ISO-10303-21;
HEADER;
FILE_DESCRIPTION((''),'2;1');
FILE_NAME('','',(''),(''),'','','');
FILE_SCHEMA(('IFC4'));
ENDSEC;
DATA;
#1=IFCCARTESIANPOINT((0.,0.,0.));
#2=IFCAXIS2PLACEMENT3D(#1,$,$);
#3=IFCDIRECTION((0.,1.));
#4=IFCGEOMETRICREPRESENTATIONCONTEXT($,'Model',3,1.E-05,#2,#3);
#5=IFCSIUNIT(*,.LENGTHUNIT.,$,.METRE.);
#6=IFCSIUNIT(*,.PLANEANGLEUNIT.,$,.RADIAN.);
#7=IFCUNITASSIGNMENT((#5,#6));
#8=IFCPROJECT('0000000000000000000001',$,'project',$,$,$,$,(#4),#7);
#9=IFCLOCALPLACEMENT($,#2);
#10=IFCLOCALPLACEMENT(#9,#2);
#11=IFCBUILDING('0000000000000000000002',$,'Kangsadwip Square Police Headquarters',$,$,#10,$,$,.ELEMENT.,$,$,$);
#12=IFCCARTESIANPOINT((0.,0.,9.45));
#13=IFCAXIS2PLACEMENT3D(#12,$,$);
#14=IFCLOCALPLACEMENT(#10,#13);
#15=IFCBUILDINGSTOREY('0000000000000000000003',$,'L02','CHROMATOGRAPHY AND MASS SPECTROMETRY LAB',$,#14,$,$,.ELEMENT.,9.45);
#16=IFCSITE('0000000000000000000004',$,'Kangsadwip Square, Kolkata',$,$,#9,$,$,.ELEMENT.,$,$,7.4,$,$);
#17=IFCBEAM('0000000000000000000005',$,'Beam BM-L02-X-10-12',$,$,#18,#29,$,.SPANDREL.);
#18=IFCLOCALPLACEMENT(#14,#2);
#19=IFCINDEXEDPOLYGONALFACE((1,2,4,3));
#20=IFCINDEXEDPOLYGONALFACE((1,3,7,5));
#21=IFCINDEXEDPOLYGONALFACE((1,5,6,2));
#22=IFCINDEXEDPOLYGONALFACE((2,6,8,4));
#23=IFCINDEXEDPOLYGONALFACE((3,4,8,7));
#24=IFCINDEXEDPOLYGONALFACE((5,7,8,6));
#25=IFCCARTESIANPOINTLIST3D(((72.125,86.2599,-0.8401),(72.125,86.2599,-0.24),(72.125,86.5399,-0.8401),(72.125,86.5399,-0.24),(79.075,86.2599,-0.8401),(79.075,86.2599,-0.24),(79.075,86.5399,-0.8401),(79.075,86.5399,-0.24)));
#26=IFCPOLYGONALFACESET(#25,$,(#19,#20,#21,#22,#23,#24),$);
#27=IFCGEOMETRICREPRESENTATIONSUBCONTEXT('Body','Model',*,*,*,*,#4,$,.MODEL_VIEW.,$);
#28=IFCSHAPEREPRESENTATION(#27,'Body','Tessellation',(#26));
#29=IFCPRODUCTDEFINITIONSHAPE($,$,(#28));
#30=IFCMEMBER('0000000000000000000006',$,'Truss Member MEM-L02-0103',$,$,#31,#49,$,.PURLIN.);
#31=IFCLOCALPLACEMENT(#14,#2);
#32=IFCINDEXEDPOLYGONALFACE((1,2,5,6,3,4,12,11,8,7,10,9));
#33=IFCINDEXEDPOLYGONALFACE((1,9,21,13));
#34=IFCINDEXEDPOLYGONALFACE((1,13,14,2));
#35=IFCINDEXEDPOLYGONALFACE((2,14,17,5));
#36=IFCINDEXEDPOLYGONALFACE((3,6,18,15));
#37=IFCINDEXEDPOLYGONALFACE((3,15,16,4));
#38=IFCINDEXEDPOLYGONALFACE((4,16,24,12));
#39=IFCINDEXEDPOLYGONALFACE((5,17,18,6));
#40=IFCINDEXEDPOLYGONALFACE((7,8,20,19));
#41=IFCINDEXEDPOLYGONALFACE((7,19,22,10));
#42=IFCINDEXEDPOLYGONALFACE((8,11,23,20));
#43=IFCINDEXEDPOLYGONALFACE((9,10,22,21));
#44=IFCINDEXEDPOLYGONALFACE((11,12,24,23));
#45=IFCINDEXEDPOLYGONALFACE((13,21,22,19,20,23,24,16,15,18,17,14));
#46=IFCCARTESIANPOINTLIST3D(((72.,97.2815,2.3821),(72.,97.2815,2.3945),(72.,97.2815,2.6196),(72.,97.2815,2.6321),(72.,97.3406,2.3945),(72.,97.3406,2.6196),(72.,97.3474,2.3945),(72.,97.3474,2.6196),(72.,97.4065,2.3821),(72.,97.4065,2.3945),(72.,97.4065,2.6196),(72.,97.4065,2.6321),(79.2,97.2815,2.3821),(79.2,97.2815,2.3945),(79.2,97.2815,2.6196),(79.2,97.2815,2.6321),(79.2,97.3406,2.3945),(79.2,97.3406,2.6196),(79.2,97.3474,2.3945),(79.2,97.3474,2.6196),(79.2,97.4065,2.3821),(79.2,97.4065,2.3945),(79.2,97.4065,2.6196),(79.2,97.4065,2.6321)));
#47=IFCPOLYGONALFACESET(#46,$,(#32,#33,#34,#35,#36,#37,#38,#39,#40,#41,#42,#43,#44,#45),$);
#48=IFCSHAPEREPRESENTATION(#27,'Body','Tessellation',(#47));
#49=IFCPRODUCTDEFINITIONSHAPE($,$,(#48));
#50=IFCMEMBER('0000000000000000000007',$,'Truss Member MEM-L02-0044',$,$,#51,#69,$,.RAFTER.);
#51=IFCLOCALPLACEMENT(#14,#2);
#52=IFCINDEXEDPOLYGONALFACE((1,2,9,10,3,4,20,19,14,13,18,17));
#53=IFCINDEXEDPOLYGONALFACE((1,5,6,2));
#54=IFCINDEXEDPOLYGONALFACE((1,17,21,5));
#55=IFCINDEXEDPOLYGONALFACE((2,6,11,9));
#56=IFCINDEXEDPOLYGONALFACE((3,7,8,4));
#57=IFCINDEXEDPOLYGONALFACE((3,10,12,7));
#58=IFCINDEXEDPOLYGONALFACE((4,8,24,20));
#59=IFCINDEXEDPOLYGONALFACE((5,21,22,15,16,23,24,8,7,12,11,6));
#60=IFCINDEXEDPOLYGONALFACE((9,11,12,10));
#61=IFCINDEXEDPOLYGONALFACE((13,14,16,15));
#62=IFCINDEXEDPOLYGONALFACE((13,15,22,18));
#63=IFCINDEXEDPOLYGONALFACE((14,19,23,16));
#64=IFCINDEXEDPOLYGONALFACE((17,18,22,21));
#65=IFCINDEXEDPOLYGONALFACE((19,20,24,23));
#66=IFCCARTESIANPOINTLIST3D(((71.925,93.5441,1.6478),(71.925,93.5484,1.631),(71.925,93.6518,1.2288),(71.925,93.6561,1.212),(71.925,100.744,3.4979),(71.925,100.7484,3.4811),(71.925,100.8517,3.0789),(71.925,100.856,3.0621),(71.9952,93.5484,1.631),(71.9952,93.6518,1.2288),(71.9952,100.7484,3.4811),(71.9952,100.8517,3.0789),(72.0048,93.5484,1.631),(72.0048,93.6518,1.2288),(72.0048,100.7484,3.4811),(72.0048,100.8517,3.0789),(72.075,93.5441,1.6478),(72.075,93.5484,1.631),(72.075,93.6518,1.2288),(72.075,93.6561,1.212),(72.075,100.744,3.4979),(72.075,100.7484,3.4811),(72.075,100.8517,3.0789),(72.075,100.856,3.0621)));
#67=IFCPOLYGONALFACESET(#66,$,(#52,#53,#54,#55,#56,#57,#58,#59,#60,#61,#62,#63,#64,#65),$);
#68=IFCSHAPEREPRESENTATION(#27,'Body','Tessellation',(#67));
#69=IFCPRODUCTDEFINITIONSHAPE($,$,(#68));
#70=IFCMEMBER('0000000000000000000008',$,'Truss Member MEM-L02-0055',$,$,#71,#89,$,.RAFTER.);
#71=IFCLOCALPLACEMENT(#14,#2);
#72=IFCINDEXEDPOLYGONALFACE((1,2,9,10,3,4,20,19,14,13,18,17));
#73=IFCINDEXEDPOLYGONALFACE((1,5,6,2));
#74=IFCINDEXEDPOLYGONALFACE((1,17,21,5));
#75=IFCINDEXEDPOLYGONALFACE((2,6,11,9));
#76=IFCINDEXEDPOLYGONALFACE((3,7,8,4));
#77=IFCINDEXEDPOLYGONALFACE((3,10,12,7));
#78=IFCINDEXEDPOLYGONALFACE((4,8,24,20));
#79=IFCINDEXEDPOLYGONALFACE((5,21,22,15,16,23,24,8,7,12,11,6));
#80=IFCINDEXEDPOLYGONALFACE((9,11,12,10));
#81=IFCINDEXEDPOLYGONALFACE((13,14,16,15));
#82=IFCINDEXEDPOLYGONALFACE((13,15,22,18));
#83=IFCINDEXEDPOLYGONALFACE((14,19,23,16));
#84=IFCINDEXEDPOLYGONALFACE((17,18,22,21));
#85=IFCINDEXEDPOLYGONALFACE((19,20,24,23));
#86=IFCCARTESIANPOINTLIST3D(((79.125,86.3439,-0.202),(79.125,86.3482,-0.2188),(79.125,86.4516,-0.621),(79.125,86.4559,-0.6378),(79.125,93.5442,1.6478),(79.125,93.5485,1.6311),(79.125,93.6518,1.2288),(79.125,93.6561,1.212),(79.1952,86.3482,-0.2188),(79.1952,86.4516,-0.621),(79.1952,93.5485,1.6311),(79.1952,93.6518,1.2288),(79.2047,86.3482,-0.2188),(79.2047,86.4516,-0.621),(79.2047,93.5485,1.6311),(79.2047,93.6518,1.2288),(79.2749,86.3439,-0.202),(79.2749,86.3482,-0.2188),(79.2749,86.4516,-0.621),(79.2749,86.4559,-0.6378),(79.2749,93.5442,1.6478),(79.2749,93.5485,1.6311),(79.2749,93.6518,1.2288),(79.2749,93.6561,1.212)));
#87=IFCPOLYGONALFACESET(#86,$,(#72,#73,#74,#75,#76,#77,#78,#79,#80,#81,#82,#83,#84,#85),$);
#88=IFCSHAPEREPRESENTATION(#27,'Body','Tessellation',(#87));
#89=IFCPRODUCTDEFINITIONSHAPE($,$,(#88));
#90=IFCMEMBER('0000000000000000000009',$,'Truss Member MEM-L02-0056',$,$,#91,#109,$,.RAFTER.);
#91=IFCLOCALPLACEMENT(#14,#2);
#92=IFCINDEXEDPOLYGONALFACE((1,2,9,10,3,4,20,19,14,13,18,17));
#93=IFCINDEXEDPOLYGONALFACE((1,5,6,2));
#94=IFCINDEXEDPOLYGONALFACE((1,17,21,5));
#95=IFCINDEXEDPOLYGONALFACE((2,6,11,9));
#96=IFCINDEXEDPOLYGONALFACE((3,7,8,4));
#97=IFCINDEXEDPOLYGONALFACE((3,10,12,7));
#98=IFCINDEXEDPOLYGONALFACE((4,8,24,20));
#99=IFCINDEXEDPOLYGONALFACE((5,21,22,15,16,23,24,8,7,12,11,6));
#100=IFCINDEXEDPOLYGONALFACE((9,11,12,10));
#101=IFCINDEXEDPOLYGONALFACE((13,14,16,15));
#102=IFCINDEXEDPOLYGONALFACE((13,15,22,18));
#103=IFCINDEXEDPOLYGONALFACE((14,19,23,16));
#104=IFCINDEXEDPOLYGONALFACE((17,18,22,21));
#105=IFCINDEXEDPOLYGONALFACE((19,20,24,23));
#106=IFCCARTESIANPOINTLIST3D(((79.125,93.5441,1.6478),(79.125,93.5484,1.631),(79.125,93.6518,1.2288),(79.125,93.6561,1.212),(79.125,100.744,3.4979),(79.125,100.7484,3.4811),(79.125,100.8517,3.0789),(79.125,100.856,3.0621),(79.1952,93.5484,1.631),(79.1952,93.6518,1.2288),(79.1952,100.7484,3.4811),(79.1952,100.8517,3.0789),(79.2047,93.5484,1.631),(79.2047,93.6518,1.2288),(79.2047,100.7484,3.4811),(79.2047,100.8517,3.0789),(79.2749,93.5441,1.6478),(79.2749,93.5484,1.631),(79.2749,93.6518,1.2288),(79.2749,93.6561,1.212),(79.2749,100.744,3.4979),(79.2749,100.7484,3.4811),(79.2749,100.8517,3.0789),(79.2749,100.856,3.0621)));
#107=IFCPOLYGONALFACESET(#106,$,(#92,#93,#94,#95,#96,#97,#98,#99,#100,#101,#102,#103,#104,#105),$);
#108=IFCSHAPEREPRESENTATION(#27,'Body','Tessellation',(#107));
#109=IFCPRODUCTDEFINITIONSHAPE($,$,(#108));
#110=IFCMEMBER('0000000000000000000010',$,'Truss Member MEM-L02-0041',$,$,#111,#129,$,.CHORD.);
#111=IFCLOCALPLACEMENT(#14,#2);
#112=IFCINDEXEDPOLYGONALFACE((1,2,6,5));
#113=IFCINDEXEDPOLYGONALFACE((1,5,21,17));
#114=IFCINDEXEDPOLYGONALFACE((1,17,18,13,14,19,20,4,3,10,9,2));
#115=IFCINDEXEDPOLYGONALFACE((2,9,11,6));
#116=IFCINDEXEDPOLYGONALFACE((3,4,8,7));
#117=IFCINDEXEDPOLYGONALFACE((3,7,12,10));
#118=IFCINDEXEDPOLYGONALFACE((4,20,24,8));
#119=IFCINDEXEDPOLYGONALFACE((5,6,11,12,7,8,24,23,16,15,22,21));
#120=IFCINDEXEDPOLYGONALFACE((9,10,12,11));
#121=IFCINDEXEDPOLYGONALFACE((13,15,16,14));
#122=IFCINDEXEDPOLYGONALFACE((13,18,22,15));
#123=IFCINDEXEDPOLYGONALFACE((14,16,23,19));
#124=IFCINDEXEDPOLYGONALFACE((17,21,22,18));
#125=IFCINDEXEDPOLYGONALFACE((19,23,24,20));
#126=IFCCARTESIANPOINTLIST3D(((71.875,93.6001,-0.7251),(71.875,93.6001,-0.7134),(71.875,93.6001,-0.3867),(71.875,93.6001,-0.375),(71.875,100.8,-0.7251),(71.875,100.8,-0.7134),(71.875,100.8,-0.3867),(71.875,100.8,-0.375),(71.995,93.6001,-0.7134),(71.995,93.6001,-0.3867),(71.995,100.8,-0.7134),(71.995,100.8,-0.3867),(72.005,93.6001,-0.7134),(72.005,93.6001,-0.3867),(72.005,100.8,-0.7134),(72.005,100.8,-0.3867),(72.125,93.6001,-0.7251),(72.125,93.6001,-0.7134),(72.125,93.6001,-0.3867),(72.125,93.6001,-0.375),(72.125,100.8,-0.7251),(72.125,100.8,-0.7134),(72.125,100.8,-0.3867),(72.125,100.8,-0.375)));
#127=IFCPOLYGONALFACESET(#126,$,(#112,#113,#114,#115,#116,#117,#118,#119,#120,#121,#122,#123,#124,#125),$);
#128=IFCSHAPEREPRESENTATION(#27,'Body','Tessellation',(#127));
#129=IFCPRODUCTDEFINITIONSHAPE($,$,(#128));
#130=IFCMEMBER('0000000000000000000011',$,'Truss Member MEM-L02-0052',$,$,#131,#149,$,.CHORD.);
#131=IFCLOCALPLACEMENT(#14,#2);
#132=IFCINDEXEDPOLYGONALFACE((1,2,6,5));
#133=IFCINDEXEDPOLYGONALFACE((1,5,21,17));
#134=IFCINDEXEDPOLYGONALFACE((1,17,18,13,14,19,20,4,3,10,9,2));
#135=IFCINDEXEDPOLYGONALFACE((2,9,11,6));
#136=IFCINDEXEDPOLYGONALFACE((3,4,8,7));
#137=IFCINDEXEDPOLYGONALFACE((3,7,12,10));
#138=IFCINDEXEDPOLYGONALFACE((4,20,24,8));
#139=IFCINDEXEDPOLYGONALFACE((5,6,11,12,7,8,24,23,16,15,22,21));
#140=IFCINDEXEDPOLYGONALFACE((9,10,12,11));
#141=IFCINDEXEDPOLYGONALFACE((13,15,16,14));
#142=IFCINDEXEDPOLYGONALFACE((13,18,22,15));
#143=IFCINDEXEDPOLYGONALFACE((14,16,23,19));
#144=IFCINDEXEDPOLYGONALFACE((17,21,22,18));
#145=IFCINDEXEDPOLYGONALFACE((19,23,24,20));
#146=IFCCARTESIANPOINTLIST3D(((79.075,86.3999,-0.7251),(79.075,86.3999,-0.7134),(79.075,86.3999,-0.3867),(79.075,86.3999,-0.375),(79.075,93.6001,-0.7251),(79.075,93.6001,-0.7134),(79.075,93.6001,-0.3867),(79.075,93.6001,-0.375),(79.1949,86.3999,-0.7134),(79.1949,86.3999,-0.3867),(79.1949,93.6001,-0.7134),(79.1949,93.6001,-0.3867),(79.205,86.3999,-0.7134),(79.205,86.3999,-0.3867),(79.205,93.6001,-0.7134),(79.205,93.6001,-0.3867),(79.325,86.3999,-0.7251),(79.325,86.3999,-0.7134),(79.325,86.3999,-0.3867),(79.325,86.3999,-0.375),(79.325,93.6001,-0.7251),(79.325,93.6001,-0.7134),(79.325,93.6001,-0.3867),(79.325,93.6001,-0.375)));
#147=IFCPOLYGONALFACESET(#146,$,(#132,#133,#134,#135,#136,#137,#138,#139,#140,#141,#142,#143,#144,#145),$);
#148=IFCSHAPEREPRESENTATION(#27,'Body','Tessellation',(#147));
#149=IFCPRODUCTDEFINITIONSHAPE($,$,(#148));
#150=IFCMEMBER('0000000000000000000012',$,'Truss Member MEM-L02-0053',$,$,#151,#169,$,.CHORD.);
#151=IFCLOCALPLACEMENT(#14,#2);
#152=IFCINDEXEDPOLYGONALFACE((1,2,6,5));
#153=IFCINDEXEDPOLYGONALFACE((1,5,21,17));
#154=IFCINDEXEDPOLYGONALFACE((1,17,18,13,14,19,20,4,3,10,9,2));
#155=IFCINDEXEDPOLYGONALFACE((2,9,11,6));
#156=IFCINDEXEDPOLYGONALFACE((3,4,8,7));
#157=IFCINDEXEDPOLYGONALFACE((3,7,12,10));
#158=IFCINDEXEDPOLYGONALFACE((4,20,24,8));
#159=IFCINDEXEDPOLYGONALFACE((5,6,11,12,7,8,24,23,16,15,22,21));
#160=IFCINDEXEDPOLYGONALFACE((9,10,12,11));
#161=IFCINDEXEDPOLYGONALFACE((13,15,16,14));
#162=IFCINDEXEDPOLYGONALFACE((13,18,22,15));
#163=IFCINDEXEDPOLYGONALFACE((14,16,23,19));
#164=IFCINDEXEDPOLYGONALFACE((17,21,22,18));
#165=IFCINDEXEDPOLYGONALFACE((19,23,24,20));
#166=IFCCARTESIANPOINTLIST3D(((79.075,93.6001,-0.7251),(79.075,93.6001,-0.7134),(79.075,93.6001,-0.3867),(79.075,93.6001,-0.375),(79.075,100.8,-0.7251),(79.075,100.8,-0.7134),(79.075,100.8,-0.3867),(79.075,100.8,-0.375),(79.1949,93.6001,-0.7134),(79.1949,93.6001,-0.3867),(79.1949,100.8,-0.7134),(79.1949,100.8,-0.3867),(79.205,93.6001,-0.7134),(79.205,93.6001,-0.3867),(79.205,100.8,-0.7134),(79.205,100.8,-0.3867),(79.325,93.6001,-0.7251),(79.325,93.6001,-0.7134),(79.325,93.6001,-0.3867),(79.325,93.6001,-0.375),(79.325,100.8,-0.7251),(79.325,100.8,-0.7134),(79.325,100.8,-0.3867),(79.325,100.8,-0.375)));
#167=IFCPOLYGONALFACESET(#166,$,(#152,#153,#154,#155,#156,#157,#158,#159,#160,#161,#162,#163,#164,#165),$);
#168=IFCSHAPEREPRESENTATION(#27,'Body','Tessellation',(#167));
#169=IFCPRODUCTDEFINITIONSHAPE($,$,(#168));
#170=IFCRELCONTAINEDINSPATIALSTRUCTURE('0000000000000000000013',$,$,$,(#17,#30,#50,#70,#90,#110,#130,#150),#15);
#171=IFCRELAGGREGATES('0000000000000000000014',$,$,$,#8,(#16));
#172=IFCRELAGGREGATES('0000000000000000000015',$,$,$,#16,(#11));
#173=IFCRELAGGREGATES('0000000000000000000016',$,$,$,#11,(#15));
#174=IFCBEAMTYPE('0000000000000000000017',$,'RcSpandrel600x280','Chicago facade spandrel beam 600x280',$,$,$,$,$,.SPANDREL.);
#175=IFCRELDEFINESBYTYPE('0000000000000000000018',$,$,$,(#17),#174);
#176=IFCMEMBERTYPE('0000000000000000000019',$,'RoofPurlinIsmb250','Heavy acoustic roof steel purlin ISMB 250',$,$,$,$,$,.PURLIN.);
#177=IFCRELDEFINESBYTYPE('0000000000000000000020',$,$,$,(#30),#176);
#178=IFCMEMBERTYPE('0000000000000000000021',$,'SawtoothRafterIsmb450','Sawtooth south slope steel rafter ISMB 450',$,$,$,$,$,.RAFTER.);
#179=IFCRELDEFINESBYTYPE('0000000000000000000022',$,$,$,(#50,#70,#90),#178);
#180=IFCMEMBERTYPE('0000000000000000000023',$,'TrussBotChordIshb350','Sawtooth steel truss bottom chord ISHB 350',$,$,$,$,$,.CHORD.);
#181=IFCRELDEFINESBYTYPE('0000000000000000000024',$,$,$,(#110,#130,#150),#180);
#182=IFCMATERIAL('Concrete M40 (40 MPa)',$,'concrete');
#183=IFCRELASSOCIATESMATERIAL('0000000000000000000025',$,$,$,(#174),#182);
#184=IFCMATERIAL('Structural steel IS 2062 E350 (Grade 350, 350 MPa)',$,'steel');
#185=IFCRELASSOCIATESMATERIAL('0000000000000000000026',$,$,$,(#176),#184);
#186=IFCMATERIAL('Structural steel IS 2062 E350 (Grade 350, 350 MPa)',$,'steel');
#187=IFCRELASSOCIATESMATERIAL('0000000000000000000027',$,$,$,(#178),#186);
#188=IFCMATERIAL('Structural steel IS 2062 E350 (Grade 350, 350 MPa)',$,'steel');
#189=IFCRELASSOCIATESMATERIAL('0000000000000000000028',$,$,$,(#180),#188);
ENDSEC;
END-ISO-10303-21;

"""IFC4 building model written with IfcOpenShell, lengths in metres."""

from ifc_helpers import new_model, si_unit, direction, frame, origin, origin_2d, place, context, subcontext, project, spatial, rectangle, i_section, extrude, material, material_profile, profile_set, type_object, element, save


model = new_model("IFC4")

# Units and contexts
model_context = context("Model", 3, precision=1e-05, world=origin(), true_north=direction((0.0, 1.0)))
body_context = subcontext(model_context, "Body", "Model", "MODEL_VIEW")
ifc_project = project(units=[si_unit("LENGTHUNIT", "METRE"), si_unit("PLANEANGLEUNIT", "RADIAN")], contexts=[model_context])

# Site, building, storey
site_placement = place(None, origin())
site = spatial("IfcSite", under=ifc_project, at=site_placement, Name="Kangsadwip Square, Kolkata", CompositionType="ELEMENT", RefElevation=7.4)
building_placement = place(site_placement, origin())
building = spatial("IfcBuilding", under=site, at=building_placement, Name="Kangsadwip Square Police Headquarters", CompositionType="ELEMENT")
storey_placement = place(building_placement, frame((0.0, 0.0, 9.45)))
storey = spatial("IfcBuildingStorey", under=building, at=storey_placement, Name="L02", Description="CHROMATOGRAPHY AND MASS SPECTROMETRY LAB", CompositionType="ELEMENT", Elevation=9.45)

# Beam
ifc_material_1 = material(Name="Concrete M40 (40 MPa)", Category="concrete")
ifc_material_profile_1 = material_profile(ifc_material_1, rectangle(XDim=0.28, YDim=0.6001, at=origin_2d()), Name="RC SPN 600X280")
ifc_profile_set_1 = profile_set([ifc_material_profile_1], Name="Concrete M40 (40 MPa)")
beam_type = type_object("IfcBeamType", Name="RcSpandrel600x280", Description="Chicago facade spandrel beam 600x280", PredefinedType="SPANDREL", material=ifc_profile_set_1)
beam_placement = place(storey_placement, frame((72.125, 86.3999, -0.54), z_axis=(1.0, 0.0, 0.0), x_axis=(0.0, 1.0, 0.0)))
element("IfcBeam", 1, at=beam_placement, inside=storey, type_object=beam_type, Name="Beam BM-L02-X-10-12", PredefinedType="SPANDREL", context=body_context, shape_type="SweptSolid", body=[
    extrude(rectangle(XDim=0.28, YDim=0.6001, at=origin_2d()), origin(), (0.0, 0.0, 1.0), 6.95),
])

# Members
ifc_material_2 = material(Name="Structural steel IS 2062 E350 (Grade 350, 350 MPa)", Category="steel")
ifc_material_profile_2 = material_profile(ifc_material_2, i_section(OverallWidth=0.125, OverallDepth=0.25, WebThickness=0.0068, FlangeThickness=0.0125, at=origin_2d()), Name="ISMB 250")
ifc_profile_set_2 = profile_set([ifc_material_profile_2], Name="Structural steel IS 2062 E350 (Grade 350, 350 MPa)")
member_type_1 = type_object("IfcMemberType", Name="RoofPurlinIsmb250", Description="Heavy acoustic roof steel purlin ISMB 250", PredefinedType="PURLIN", material=ifc_profile_set_2)
member_1_placement = place(storey_placement, frame((72.0, 97.344, 2.5071), z_axis=(1.0, 0.0, 0.0), x_axis=(0.0, 1.0, 0.0)))
element("IfcMember", 2, at=member_1_placement, inside=storey, type_object=member_type_1, Name="Truss Member MEM-L02-0103", PredefinedType="PURLIN", context=body_context, shape_type="SweptSolid", body=[
    extrude(i_section(OverallWidth=0.125, OverallDepth=0.25, WebThickness=0.0068, FlangeThickness=0.0125, at=origin_2d()), origin(), (0.0, 0.0, 1.0), 7.2),
])
ifc_material_3 = material(Name="Structural steel IS 2062 E350 (Grade 350, 350 MPa)", Category="steel")
ifc_material_profile_3 = material_profile(ifc_material_3, i_section(OverallWidth=0.1499, OverallDepth=0.45, WebThickness=0.0095, FlangeThickness=0.0173, at=origin_2d()), Name="ISMB 450")
ifc_profile_set_3 = profile_set([ifc_material_profile_3], Name="Structural steel IS 2062 E350 (Grade 350, 350 MPa)")
member_type_2 = type_object("IfcMemberType", Name="SawtoothRafterIsmb450", Description="Sawtooth south slope steel rafter ISMB 450", PredefinedType="RAFTER", material=ifc_profile_set_3)
member_2_placement = place(storey_placement, frame((72.0, 93.6001, 1.4299), z_axis=(0.0, 0.968536, 0.248875), x_axis=(-1.0, 0.0, 0.0)))
element("IfcMember", 3, at=member_2_placement, inside=storey, type_object=member_type_2, Name="Truss Member MEM-L02-0044", PredefinedType="RAFTER", context=body_context, shape_type="SweptSolid", body=[
    extrude(i_section(OverallWidth=0.1499, OverallDepth=0.45, WebThickness=0.0095, FlangeThickness=0.0173, at=origin_2d()), origin(), (0.0, 0.0, 1.0), 7.4338),
])
member_3_placement = place(storey_placement, frame((79.2, 86.3999, -0.4199), z_axis=(0.0, 0.968546, 0.248836), x_axis=(-1.0, 0.0, 0.0)))
element("IfcMember", 4, at=member_3_placement, inside=storey, type_object=member_type_2, Name="Truss Member MEM-L02-0055", PredefinedType="RAFTER", context=body_context, shape_type="SweptSolid", body=[
    extrude(i_section(OverallWidth=0.1499, OverallDepth=0.45, WebThickness=0.0095, FlangeThickness=0.0173, at=origin_2d()), origin(), (0.0, 0.0, 1.0), 7.4341),
])
member_4_placement = place(storey_placement, frame((79.2, 93.6001, 1.4299), z_axis=(0.0, 0.968536, 0.248875), x_axis=(-1.0, 0.0, 0.0)))
element("IfcMember", 5, at=member_4_placement, inside=storey, type_object=member_type_2, Name="Truss Member MEM-L02-0056", PredefinedType="RAFTER", context=body_context, shape_type="SweptSolid", body=[
    extrude(i_section(OverallWidth=0.1499, OverallDepth=0.45, WebThickness=0.0095, FlangeThickness=0.0173, at=origin_2d()), origin(), (0.0, 0.0, 1.0), 7.4338),
])
ifc_material_4 = material(Name="Structural steel IS 2062 E350 (Grade 350, 350 MPa)", Category="steel")
ifc_material_profile_4 = material_profile(ifc_material_4, i_section(OverallWidth=0.25, OverallDepth=0.3501, WebThickness=0.01, FlangeThickness=0.0117, at=origin_2d()), Name="ISHB 350")
ifc_profile_set_4 = profile_set([ifc_material_profile_4], Name="Structural steel IS 2062 E350 (Grade 350, 350 MPa)")
member_type_3 = type_object("IfcMemberType", Name="TrussBotChordIshb350", Description="Sawtooth steel truss bottom chord ISHB 350", PredefinedType="CHORD", material=ifc_profile_set_4)
member_5_placement = place(storey_placement, frame((72.0, 93.6001, -0.55), z_axis=(0.0, 1.0, 0.0), x_axis=(-1.0, 0.0, 0.0)))
element("IfcMember", 6, at=member_5_placement, inside=storey, type_object=member_type_3, Name="Truss Member MEM-L02-0041", PredefinedType="CHORD", context=body_context, shape_type="SweptSolid", body=[
    extrude(i_section(OverallWidth=0.25, OverallDepth=0.3501, WebThickness=0.01, FlangeThickness=0.0117, at=origin_2d()), origin(), (0.0, 0.0, 1.0), 7.2),
])
member_6_placement = place(storey_placement, frame((79.2, 86.3999, -0.55), z_axis=(0.0, 1.0, 0.0), x_axis=(-1.0, 0.0, 0.0)))
element("IfcMember", 7, at=member_6_placement, inside=storey, type_object=member_type_3, Name="Truss Member MEM-L02-0052", PredefinedType="CHORD", context=body_context, shape_type="SweptSolid", body=[
    extrude(i_section(OverallWidth=0.25, OverallDepth=0.3501, WebThickness=0.01, FlangeThickness=0.0117, at=origin_2d()), origin(), (0.0, 0.0, 1.0), 7.2002),
])
member_7_placement = place(storey_placement, frame((79.2, 93.6001, -0.55), z_axis=(0.0, 1.0, 0.0), x_axis=(-1.0, 0.0, 0.0)))
element("IfcMember", 8, at=member_7_placement, inside=storey, type_object=member_type_3, Name="Truss Member MEM-L02-0053", PredefinedType="CHORD", context=body_context, shape_type="SweptSolid", body=[
    extrude(i_section(OverallWidth=0.25, OverallDepth=0.3501, WebThickness=0.01, FlangeThickness=0.0117, at=origin_2d()), origin(), (0.0, 0.0, 1.0), 7.2),
])

save(model, "model.ifc")
